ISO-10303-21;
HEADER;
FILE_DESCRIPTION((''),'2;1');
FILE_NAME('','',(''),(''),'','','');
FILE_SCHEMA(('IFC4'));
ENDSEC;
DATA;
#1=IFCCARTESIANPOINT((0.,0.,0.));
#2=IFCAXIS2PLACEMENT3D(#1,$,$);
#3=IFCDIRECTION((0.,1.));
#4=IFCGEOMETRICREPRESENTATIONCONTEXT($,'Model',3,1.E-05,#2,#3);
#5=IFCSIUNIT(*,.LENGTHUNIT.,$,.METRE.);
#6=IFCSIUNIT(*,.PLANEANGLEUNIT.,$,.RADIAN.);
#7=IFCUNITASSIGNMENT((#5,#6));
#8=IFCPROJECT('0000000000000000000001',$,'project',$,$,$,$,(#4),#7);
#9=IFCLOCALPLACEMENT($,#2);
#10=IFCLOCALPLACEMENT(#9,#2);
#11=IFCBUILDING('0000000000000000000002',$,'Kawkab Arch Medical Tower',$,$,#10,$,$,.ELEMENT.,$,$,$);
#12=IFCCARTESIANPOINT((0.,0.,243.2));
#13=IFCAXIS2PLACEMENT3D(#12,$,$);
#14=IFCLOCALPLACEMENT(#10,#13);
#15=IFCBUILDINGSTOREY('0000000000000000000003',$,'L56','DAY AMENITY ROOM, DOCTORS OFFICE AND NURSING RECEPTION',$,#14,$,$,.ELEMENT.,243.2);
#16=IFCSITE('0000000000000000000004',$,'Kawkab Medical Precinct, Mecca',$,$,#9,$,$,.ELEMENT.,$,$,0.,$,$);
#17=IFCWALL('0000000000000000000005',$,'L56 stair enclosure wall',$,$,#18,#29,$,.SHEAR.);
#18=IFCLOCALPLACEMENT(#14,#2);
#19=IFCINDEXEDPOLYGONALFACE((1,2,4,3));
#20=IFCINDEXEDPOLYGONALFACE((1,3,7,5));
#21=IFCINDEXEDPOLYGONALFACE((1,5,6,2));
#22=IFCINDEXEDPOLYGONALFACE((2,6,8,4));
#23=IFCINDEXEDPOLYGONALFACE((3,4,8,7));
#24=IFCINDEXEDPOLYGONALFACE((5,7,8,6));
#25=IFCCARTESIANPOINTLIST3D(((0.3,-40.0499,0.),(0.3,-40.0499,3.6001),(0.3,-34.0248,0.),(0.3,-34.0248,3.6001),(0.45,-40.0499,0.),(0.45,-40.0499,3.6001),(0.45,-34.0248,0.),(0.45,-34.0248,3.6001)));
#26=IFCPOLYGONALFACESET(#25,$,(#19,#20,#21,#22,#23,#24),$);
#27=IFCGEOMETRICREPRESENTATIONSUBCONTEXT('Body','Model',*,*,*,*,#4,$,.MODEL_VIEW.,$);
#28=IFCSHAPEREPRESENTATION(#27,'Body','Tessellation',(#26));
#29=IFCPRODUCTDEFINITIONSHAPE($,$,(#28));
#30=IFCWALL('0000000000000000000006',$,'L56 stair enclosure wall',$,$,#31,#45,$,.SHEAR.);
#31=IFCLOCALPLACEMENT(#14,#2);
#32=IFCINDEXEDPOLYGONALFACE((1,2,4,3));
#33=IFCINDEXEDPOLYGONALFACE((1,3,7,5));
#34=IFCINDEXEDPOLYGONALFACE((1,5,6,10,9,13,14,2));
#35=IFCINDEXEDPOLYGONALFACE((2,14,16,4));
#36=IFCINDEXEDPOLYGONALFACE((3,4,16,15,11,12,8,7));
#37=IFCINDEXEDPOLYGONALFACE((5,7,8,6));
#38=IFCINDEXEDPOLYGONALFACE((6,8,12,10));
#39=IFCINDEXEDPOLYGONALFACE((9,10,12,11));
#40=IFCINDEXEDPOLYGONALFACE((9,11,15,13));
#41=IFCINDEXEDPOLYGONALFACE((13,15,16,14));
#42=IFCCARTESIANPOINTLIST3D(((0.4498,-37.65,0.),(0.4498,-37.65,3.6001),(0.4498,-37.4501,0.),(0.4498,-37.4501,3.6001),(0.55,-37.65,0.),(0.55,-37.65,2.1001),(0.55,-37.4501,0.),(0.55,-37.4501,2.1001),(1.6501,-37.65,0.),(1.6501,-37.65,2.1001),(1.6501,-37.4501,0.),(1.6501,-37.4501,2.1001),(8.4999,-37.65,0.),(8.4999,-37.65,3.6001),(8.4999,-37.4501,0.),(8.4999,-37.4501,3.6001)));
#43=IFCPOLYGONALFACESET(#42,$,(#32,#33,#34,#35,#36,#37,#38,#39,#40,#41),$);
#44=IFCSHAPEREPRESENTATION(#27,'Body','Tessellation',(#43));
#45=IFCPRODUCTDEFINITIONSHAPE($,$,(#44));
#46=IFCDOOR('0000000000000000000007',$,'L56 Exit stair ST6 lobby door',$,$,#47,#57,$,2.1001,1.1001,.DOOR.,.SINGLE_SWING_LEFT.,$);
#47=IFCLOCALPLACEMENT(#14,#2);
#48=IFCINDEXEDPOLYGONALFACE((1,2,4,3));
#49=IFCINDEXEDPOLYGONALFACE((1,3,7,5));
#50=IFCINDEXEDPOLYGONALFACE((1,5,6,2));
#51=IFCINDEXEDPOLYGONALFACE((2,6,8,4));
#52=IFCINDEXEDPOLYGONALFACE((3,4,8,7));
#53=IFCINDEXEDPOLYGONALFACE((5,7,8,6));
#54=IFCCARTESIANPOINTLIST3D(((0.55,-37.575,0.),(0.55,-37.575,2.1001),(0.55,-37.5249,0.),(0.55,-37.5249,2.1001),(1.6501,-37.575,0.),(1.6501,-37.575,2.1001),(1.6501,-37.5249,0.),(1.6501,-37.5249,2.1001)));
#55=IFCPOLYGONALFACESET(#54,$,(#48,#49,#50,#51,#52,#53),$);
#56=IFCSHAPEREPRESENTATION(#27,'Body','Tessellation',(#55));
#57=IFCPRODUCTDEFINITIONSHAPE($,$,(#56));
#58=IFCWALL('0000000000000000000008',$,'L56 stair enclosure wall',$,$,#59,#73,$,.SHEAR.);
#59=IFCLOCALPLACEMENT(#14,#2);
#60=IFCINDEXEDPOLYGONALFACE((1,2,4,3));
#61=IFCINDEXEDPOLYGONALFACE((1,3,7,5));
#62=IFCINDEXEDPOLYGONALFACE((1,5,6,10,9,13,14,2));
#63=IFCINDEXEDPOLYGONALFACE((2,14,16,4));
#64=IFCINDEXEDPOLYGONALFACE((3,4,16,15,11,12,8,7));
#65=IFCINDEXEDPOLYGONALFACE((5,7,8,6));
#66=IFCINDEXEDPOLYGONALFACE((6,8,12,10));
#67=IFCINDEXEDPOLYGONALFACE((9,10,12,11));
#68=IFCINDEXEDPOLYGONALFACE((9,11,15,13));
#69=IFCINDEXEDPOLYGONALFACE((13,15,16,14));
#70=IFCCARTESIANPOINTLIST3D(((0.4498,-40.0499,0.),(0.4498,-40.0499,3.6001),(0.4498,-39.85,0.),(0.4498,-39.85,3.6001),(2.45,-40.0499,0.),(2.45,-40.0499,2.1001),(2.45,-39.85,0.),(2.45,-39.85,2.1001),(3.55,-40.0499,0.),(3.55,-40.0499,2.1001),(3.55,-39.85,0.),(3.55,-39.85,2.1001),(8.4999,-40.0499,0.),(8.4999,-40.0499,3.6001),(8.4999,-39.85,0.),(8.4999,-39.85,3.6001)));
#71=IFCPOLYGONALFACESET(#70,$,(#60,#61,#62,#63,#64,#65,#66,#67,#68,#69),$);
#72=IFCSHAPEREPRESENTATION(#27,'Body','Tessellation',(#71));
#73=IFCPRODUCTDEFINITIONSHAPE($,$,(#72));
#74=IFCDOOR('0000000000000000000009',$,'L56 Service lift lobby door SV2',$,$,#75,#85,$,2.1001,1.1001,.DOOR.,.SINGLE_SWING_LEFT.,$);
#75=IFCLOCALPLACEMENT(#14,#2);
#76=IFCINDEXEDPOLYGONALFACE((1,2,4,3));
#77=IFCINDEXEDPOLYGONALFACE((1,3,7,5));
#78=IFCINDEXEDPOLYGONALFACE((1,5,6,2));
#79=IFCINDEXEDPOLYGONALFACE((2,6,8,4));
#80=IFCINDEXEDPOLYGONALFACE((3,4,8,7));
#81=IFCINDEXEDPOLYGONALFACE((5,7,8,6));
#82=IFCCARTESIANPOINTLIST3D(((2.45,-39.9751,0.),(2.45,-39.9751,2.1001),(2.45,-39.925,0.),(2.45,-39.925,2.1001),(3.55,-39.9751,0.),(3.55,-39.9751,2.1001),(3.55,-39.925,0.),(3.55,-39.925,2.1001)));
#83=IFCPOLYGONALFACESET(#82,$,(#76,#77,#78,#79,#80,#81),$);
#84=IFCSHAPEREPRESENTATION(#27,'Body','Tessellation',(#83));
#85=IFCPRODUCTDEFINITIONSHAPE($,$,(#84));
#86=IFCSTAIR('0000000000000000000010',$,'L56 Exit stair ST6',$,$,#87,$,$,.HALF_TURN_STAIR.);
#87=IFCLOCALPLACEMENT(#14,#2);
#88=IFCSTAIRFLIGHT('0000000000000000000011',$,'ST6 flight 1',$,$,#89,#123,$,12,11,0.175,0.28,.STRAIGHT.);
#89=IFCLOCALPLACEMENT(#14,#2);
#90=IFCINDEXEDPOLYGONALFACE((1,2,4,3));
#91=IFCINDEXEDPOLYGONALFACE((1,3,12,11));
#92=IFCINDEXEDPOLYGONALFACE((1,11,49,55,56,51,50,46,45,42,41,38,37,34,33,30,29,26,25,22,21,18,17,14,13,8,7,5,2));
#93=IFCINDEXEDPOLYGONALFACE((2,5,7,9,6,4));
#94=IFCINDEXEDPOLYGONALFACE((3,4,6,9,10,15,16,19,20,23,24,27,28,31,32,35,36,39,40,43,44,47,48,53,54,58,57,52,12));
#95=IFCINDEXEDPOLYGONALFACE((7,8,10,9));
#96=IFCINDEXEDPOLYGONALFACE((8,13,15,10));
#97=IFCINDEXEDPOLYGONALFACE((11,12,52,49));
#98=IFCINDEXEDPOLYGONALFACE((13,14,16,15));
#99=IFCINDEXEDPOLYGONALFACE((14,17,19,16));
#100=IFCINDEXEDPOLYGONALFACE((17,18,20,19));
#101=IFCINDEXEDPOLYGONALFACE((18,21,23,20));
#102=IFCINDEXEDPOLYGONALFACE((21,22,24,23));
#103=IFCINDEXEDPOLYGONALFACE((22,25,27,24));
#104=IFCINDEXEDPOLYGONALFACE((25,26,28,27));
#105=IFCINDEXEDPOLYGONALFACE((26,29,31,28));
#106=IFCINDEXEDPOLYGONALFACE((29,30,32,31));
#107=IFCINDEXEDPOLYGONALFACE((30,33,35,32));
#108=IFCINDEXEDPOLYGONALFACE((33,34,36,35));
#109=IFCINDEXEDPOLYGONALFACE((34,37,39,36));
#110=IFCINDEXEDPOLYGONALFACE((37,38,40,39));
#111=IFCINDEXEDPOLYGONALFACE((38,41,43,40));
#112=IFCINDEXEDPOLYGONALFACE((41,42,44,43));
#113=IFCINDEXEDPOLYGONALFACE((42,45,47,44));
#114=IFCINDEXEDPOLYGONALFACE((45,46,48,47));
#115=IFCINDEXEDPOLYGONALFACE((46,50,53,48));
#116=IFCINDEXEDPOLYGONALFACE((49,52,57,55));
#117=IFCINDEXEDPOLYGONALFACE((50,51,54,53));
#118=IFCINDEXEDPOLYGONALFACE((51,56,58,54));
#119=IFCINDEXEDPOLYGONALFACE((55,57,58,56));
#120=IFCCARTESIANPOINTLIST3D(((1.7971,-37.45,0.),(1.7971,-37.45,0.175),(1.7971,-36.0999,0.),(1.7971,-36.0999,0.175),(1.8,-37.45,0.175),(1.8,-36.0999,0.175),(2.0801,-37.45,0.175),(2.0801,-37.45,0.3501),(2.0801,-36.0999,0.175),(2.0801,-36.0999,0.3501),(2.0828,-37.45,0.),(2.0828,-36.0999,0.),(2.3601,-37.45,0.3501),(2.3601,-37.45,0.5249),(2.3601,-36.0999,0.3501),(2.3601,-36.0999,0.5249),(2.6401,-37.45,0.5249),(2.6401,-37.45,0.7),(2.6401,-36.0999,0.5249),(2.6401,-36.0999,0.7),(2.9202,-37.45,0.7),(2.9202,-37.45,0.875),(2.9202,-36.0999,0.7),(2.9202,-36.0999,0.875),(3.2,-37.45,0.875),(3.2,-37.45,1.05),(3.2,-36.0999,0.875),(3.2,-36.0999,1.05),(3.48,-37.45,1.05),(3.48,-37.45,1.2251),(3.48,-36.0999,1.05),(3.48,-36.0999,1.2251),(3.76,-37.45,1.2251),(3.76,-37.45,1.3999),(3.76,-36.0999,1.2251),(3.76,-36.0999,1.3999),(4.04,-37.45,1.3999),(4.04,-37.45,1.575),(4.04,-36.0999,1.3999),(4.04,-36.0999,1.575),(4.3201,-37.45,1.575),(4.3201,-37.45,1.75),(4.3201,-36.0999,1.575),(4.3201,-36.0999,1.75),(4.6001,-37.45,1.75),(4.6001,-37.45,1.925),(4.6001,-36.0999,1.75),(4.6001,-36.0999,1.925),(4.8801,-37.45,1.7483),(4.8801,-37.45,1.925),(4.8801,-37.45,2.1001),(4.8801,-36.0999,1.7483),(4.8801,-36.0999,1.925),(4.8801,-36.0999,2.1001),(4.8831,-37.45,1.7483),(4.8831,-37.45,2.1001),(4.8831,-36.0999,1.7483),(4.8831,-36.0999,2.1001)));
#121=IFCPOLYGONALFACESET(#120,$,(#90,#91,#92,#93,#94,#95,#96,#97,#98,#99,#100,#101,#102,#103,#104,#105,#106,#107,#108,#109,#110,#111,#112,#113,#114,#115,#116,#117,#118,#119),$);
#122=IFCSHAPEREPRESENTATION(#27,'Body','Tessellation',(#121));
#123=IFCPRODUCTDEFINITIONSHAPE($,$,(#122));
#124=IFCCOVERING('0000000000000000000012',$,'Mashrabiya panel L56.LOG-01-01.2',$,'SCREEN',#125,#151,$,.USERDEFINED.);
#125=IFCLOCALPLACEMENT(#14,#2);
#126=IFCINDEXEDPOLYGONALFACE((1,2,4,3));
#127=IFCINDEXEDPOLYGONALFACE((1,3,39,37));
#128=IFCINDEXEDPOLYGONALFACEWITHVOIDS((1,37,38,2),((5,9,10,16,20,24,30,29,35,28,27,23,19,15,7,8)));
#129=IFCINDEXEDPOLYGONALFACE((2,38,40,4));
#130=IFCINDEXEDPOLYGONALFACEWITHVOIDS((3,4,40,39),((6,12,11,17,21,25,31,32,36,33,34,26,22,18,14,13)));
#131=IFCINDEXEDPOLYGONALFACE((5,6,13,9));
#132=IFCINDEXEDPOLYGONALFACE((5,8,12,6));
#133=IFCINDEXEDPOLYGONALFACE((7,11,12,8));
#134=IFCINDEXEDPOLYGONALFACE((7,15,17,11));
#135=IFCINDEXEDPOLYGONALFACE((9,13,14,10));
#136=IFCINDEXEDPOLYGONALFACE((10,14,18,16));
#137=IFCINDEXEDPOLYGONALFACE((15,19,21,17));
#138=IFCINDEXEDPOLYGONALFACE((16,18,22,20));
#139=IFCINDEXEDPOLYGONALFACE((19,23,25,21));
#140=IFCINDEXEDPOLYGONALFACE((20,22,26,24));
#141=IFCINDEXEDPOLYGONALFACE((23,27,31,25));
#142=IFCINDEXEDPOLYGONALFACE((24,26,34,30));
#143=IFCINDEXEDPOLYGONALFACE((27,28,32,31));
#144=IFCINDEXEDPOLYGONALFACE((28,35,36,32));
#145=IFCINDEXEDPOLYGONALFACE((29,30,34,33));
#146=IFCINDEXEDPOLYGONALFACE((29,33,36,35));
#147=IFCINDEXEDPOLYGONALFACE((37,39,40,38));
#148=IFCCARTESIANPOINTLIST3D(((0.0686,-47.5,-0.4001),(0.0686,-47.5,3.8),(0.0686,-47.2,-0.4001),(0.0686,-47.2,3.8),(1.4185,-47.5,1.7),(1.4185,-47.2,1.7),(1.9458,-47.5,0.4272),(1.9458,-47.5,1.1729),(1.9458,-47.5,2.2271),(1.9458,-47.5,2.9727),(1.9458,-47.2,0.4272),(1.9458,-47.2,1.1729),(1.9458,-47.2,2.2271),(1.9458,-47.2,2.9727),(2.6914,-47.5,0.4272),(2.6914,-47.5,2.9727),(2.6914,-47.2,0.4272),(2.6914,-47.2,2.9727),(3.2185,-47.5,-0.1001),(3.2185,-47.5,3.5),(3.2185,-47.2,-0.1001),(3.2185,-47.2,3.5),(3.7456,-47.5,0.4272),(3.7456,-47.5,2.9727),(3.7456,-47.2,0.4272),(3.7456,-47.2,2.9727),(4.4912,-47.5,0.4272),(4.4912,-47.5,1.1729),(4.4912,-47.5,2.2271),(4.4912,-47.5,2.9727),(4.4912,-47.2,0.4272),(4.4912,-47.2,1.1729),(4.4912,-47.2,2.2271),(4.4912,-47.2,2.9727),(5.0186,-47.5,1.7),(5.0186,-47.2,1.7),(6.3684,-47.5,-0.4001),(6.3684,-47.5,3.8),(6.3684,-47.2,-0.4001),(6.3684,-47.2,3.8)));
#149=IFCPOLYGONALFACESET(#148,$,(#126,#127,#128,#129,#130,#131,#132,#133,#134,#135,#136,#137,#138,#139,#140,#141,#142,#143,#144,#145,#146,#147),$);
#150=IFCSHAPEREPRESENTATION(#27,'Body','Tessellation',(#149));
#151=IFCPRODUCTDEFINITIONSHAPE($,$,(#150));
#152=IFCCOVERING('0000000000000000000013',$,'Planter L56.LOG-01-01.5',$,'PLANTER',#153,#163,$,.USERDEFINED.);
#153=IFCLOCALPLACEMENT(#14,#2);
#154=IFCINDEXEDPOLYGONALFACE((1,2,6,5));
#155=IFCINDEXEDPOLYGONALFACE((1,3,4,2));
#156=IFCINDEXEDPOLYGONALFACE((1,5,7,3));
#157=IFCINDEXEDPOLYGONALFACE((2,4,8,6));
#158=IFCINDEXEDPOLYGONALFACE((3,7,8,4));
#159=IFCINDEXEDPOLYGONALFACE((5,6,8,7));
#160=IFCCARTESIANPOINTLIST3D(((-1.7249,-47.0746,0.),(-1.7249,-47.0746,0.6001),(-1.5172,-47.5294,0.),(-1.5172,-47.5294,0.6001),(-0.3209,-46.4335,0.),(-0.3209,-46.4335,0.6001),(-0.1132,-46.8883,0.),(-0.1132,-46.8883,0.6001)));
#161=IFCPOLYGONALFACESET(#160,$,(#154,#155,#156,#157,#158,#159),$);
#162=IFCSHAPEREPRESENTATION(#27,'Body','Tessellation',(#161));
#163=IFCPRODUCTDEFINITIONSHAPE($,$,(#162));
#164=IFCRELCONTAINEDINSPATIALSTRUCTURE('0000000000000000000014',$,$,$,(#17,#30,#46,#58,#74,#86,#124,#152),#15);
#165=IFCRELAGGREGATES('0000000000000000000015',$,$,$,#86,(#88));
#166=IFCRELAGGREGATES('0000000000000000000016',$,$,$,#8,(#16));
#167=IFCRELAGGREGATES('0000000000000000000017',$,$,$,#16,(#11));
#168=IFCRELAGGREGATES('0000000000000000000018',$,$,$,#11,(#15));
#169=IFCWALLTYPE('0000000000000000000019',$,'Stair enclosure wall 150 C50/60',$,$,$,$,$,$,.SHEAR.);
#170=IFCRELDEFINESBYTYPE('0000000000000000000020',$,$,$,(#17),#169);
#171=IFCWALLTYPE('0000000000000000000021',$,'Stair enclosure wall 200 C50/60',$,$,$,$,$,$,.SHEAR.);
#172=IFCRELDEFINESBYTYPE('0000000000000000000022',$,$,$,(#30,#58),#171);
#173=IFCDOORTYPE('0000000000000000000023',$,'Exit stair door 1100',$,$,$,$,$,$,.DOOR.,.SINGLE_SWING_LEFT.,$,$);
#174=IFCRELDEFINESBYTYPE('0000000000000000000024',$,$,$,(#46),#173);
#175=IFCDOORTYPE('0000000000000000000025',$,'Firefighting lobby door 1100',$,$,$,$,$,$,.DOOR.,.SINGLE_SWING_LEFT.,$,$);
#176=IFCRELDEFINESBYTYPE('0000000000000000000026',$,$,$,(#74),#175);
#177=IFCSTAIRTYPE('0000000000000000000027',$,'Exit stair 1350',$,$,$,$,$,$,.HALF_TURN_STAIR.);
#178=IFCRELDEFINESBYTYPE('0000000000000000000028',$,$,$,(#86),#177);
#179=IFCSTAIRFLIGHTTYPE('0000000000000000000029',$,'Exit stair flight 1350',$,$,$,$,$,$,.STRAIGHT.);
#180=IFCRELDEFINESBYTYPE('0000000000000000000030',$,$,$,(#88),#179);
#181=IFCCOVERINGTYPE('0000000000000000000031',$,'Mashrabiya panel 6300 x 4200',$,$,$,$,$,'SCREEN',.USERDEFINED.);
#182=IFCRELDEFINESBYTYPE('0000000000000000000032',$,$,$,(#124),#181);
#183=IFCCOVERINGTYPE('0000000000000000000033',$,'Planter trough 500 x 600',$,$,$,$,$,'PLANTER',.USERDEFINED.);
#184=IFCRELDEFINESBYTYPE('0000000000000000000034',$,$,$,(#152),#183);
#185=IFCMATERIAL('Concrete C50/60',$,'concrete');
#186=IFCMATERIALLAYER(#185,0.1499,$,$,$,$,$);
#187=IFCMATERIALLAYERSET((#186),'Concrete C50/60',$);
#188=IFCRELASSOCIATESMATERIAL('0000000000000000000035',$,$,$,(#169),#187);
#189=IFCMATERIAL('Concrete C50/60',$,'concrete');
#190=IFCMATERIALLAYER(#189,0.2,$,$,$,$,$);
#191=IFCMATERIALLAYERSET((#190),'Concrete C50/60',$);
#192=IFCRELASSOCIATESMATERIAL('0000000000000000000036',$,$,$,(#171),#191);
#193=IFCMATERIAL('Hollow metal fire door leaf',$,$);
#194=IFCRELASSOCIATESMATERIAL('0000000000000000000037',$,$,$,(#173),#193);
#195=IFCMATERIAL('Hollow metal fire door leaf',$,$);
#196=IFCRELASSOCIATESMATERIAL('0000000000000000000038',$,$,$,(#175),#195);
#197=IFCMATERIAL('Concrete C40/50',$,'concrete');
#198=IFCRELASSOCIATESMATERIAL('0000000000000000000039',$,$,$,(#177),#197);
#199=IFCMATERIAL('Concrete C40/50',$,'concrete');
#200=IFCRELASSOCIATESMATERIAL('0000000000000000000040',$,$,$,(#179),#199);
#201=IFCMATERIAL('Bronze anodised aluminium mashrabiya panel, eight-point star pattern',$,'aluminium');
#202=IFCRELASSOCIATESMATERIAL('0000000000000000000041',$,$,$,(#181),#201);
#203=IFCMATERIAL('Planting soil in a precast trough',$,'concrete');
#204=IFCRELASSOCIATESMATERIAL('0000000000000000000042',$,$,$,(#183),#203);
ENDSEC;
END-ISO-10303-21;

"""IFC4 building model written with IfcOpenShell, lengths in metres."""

from ifc_helpers import new_model, si_unit, direction, frame, frame_2d, origin, origin_2d, place, context, subcontext, project, spatial, polyline, rectangle, outline, extrude, material, layer, layer_set, material_profile, profile_set, type_object, element, fill, aggregate, save


model = new_model("IFC4")

# Units and contexts
model_context = context("Model", 3, precision=1e-05, world=origin(), true_north=direction((0.0, 1.0)))
body_context = subcontext(model_context, "Body", "Model", "MODEL_VIEW")
ifc_project = project(units=[si_unit("LENGTHUNIT", "METRE"), si_unit("PLANEANGLEUNIT", "RADIAN")], contexts=[model_context])

# Site, building, storey
site_placement = place(None, origin())
site = spatial("IfcSite", under=ifc_project, at=site_placement, Name="Kawkab Medical Precinct, Mecca", CompositionType="ELEMENT", RefElevation=0.0)
building_placement = place(site_placement, origin())
building = spatial("IfcBuilding", under=site, at=building_placement, Name="Kawkab Arch Medical Tower", CompositionType="ELEMENT")
storey_placement = place(building_placement, frame((0.0, 0.0, 243.2)))
storey = spatial("IfcBuildingStorey", under=building, at=storey_placement, Name="L56", Description="DAY AMENITY ROOM, DOCTORS OFFICE AND NURSING RECEPTION", CompositionType="ELEMENT", Elevation=243.2)

# Shared definitions
placement = place(storey_placement, origin())

# Wall
ifc_material_1 = material(Name="Concrete C50/60", Category="concrete")
ifc_layer_1 = layer(ifc_material_1, 0.1499)
ifc_layer_set_1 = layer_set([ifc_layer_1], Name="Concrete C50/60")
wall_type_1 = type_object("IfcWallType", Name="Stair enclosure wall 150 C50/60", PredefinedType="SHEAR", material=ifc_layer_set_1)
wall_1_placement = place(storey_placement, frame((0.375, -40.05, 0.0), z_axis=(0.0, 0.0, 1.0), x_axis=(0.0, 1.0, 0.0)))
element("IfcWall", 1, at=wall_1_placement, inside=storey, type_object=wall_type_1, Name="L56 stair enclosure wall", PredefinedType="SHEAR", context=body_context, shape_type="SweptSolid", body=[
    extrude(rectangle(XDim=6.0251, YDim=0.1499, at=frame_2d((3.0127, 0.0))), origin(), (0.0, 0.0, 1.0), 3.6001),
])

# Walls, openings, doors
ifc_material_2 = material(Name="Concrete C50/60", Category="concrete")
ifc_layer_2 = layer(ifc_material_2, 0.2)
ifc_layer_set_2 = layer_set([ifc_layer_2], Name="Concrete C50/60")
wall_type_2 = type_object("IfcWallType", Name="Stair enclosure wall 200 C50/60", PredefinedType="SHEAR", material=ifc_layer_set_2)
wall_2_placement = place(storey_placement, frame((0.45, -37.55, 0.0), z_axis=(0.0, 0.0, 1.0), x_axis=(1.0, 0.0, 0.0)))
wall_2 = element("IfcWall", 2, at=wall_2_placement, inside=storey, type_object=wall_type_2, Name="L56 stair enclosure wall", PredefinedType="SHEAR", context=body_context, shape_type="SweptSolid", body=[
    extrude(rectangle(XDim=8.05, YDim=0.2, at=frame_2d((4.0249, 0.0))), origin(), (0.0, 0.0, 1.0), 3.6001),
])
opening_1_placement = place(wall_2_placement, frame((0.1001, 0.0, 0.0)))
opening_1 = element("IfcOpeningElement", 3, at=opening_1_placement, cuts=wall_2, PredefinedType="OPENING", context=body_context, shape_type="SweptSolid", body=[
    extrude(rectangle(XDim=1.1001, YDim=2.1001, at=frame_2d((0.55, 1.05))), frame((0.0, 0.1099, 0.0), z_axis=(0.0, -1.0, 0.0), x_axis=(1.0, 0.0, 0.0)), (0.0, 0.0, 1.0), 0.22),
])
ifc_material_3 = material(Name="Hollow metal fire door leaf")
door_type_1 = type_object("IfcDoorType", Name="Exit stair door 1100", OperationType="SINGLE_SWING_LEFT", PredefinedType="DOOR", material=ifc_material_3)
door_1_placement = place(opening_1_placement, frame((1.1001, 0.0, 0.0), z_axis=(0.0, 0.0, 1.0), x_axis=(-1.0, 0.0, 0.0)))
door_1 = element("IfcDoor", 4, at=door_1_placement, inside=storey, type_object=door_type_1, Name="L56 Exit stair ST6 lobby door", OperationType="SINGLE_SWING_LEFT", OverallHeight=2.1001, OverallWidth=1.1001, PredefinedType="DOOR", context=body_context, shape_type="SweptSolid", body=[
    extrude(rectangle(XDim=1.1001, YDim=2.1001, at=frame_2d((0.55, 1.05))), frame((0.0, 0.0249, 0.0), z_axis=(0.0, -1.0, 0.0), x_axis=(1.0, 0.0, 0.0)), (0.0, 0.0, 1.0), 0.05),
])
fill(opening_1, door_1)
wall_3_placement = place(storey_placement, frame((0.45, -39.95, 0.0), z_axis=(0.0, 0.0, 1.0), x_axis=(1.0, 0.0, 0.0)))
wall_3 = element("IfcWall", 5, at=wall_3_placement, inside=storey, type_object=wall_type_2, Name="L56 stair enclosure wall", PredefinedType="SHEAR", context=body_context, shape_type="SweptSolid", body=[
    extrude(rectangle(XDim=8.05, YDim=0.2, at=frame_2d((4.0249, 0.0))), origin(), (0.0, 0.0, 1.0), 3.6001),
])
opening_2_placement = place(wall_3_placement, frame((2.0, 0.0, 0.0)))
opening_2 = element("IfcOpeningElement", 6, at=opening_2_placement, cuts=wall_3, PredefinedType="OPENING", context=body_context, shape_type="SweptSolid", body=[
    extrude(rectangle(XDim=1.1001, YDim=2.1001, at=frame_2d((0.55, 1.05))), frame((0.0, 0.1099, 0.0), z_axis=(0.0, -1.0, 0.0), x_axis=(1.0, 0.0, 0.0)), (0.0, 0.0, 1.0), 0.22),
])
ifc_material_4 = material(Name="Hollow metal fire door leaf")
door_type_2 = type_object("IfcDoorType", Name="Firefighting lobby door 1100", OperationType="SINGLE_SWING_LEFT", PredefinedType="DOOR", material=ifc_material_4)
door_2_placement = place(opening_2_placement, origin())
door_2 = element("IfcDoor", 7, at=door_2_placement, inside=storey, type_object=door_type_2, Name="L56 Service lift lobby door SV2", OperationType="SINGLE_SWING_LEFT", OverallHeight=2.1001, OverallWidth=1.1001, PredefinedType="DOOR", context=body_context, shape_type="SweptSolid", body=[
    extrude(rectangle(XDim=1.1001, YDim=2.1001, at=frame_2d((0.55, 1.05))), frame((0.0, 0.0249, 0.0), z_axis=(0.0, -1.0, 0.0), x_axis=(1.0, 0.0, 0.0)), (0.0, 0.0, 1.0), 0.05),
])
fill(opening_2, door_2)

# Stair, stair flight
ifc_material_5 = material(Name="Concrete C40/50", Category="concrete")
stair_type = type_object("IfcStairType", Name="Exit stair 1350", PredefinedType="HALF_TURN_STAIR", material=ifc_material_5)
stair = element("IfcStair", 8, at=placement, inside=storey, type_object=stair_type, Name="L56 Exit stair ST6", PredefinedType="HALF_TURN_STAIR")
ifc_material_6 = material(Name="Concrete C40/50", Category="concrete")
stair_flight_type = type_object("IfcStairFlightType", Name="Exit stair flight 1350", PredefinedType="STRAIGHT", material=ifc_material_6)
stair_flight_placement = place(storey_placement, frame((1.8, -36.7749, 0.0), z_axis=(0.0, 0.0, 1.0), x_axis=(1.0, 0.0, 0.0)))
stair_flight = element("IfcStairFlight", 9, at=stair_flight_placement, type_object=stair_flight_type, Name="ST6 flight 1", NumberOfRisers=12, NumberOfTreads=11, PredefinedType="STRAIGHT", RiserHeight=0.175, TreadLength=0.28, context=body_context, shape_type="SweptSolid", body=[
    extrude(outline(polyline([(-0.0029, 0.0), (-0.0029, 0.175), (0.0, 0.175), (0.28, 0.175), (0.28, 0.3501), (0.5601, 0.3501), (0.5601, 0.5249), (0.8401, 0.5249), (0.8401, 0.7), (1.1201, 0.7), (1.1201, 0.875), (1.3999, 0.875), (1.3999, 1.05), (1.6799, 1.05), (1.6799, 1.2251), (1.96, 1.2251), (1.96, 1.3999), (2.24, 1.3999), (2.24, 1.575), (2.52, 1.575), (2.52, 1.75), (2.8, 1.75), (2.8, 1.925), (3.0801, 1.925), (3.0801, 2.1001), (3.083, 2.1001), (3.083, 1.7483), (3.0801, 1.7483), (0.2827, 0.0), (-0.0029, 0.0)])), frame((0.0, 0.675, 0.0), z_axis=(0.0, -1.0, 0.0), x_axis=(1.0, 0.0, 0.0)), (0.0, 0.0, 1.0), 1.3501),
])
aggregate(stair, [stair_flight])

# Coverings
ifc_material_7 = material(Name="Bronze anodised aluminium mashrabiya panel, eight-point star pattern", Category="aluminium")
ifc_material_profile_1 = material_profile(ifc_material_7, outline(polyline([(-3.1499, -2.1001), (3.1499, -2.1001), (3.1499, 2.1001), (-3.1499, 2.1001), (-3.1499, -2.1001)]), holes=[polyline([(1.8, 0.0), (1.2727, 0.5271), (1.2727, 1.2727), (0.5271, 1.2727), (0.0, 1.8), (-0.5271, 1.2727), (-1.2727, 1.2727), (-1.2727, 0.5271), (-1.8, 0.0), (-1.2727, -0.5271), (-1.2727, -1.2727), (-0.5271, -1.2727), (0.0, -1.8), (0.5271, -1.2727), (1.2727, -1.2727), (1.2727, -0.5271), (1.8, 0.0)])]), Name="Mashrabiya panel 6300x4200")
ifc_profile_set_1 = profile_set([ifc_material_profile_1], Name="Bronze anodised aluminium mashrabiya panel, eight-point star pattern")
covering_type_1 = type_object("IfcCoveringType", Name="Mashrabiya panel 6300 x 4200", ElementType="SCREEN", PredefinedType="USERDEFINED", material=ifc_profile_set_1)
covering_1_placement = place(storey_placement, frame((3.2185, -47.2, 1.7), z_axis=(0.0, -1.0, 0.0), x_axis=(1.0, 0.0, 0.0)))
element("IfcCovering", 10, at=covering_1_placement, inside=storey, type_object=covering_type_1, Name="Mashrabiya panel L56.LOG-01-01.2", ObjectType="SCREEN", PredefinedType="USERDEFINED", context=body_context, shape_type="SweptSolid", body=[
    extrude(outline(polyline([(-3.1499, -2.1001), (3.1499, -2.1001), (3.1499, 2.1001), (-3.1499, 2.1001), (-3.1499, -2.1001)]), holes=[polyline([(1.8, 0.0), (1.2727, 0.5271), (1.2727, 1.2727), (0.5271, 1.2727), (0.0, 1.8), (-0.5271, 1.2727), (-1.2727, 1.2727), (-1.2727, 0.5271), (-1.8, 0.0), (-1.2727, -0.5271), (-1.2727, -1.2727), (-0.5271, -1.2727), (0.0, -1.8), (0.5271, -1.2727), (1.2727, -1.2727), (1.2727, -0.5271), (1.8, 0.0)])]), origin(), (0.0, 0.0, 1.0), 0.3),
])
ifc_material_8 = material(Name="Planting soil in a precast trough", Category="concrete")
ifc_material_profile_2 = material_profile(ifc_material_8, rectangle(XDim=0.5, YDim=0.6001, at=origin_2d()), Name="Trough 500x600")
ifc_profile_set_2 = profile_set([ifc_material_profile_2], Name="Planting soil in a precast trough")
covering_type_2 = type_object("IfcCoveringType", Name="Planter trough 500 x 600", ElementType="PLANTER", PredefinedType="USERDEFINED", material=ifc_profile_set_2)
covering_2_placement = place(storey_placement, frame((-0.217, -46.6609, 0.3), z_axis=(-0.909656, -0.415363, 0.0), x_axis=(0.415363, -0.909656, 0.0)))
element("IfcCovering", 11, at=covering_2_placement, inside=storey, type_object=covering_type_2, Name="Planter L56.LOG-01-01.5", ObjectType="PLANTER", PredefinedType="USERDEFINED", context=body_context, shape_type="SweptSolid", body=[
    extrude(rectangle(XDim=0.5, YDim=0.6001, at=origin_2d()), origin(), (0.0, 0.0, 1.0), 1.5435),
])

save(model, "model.ifc")
